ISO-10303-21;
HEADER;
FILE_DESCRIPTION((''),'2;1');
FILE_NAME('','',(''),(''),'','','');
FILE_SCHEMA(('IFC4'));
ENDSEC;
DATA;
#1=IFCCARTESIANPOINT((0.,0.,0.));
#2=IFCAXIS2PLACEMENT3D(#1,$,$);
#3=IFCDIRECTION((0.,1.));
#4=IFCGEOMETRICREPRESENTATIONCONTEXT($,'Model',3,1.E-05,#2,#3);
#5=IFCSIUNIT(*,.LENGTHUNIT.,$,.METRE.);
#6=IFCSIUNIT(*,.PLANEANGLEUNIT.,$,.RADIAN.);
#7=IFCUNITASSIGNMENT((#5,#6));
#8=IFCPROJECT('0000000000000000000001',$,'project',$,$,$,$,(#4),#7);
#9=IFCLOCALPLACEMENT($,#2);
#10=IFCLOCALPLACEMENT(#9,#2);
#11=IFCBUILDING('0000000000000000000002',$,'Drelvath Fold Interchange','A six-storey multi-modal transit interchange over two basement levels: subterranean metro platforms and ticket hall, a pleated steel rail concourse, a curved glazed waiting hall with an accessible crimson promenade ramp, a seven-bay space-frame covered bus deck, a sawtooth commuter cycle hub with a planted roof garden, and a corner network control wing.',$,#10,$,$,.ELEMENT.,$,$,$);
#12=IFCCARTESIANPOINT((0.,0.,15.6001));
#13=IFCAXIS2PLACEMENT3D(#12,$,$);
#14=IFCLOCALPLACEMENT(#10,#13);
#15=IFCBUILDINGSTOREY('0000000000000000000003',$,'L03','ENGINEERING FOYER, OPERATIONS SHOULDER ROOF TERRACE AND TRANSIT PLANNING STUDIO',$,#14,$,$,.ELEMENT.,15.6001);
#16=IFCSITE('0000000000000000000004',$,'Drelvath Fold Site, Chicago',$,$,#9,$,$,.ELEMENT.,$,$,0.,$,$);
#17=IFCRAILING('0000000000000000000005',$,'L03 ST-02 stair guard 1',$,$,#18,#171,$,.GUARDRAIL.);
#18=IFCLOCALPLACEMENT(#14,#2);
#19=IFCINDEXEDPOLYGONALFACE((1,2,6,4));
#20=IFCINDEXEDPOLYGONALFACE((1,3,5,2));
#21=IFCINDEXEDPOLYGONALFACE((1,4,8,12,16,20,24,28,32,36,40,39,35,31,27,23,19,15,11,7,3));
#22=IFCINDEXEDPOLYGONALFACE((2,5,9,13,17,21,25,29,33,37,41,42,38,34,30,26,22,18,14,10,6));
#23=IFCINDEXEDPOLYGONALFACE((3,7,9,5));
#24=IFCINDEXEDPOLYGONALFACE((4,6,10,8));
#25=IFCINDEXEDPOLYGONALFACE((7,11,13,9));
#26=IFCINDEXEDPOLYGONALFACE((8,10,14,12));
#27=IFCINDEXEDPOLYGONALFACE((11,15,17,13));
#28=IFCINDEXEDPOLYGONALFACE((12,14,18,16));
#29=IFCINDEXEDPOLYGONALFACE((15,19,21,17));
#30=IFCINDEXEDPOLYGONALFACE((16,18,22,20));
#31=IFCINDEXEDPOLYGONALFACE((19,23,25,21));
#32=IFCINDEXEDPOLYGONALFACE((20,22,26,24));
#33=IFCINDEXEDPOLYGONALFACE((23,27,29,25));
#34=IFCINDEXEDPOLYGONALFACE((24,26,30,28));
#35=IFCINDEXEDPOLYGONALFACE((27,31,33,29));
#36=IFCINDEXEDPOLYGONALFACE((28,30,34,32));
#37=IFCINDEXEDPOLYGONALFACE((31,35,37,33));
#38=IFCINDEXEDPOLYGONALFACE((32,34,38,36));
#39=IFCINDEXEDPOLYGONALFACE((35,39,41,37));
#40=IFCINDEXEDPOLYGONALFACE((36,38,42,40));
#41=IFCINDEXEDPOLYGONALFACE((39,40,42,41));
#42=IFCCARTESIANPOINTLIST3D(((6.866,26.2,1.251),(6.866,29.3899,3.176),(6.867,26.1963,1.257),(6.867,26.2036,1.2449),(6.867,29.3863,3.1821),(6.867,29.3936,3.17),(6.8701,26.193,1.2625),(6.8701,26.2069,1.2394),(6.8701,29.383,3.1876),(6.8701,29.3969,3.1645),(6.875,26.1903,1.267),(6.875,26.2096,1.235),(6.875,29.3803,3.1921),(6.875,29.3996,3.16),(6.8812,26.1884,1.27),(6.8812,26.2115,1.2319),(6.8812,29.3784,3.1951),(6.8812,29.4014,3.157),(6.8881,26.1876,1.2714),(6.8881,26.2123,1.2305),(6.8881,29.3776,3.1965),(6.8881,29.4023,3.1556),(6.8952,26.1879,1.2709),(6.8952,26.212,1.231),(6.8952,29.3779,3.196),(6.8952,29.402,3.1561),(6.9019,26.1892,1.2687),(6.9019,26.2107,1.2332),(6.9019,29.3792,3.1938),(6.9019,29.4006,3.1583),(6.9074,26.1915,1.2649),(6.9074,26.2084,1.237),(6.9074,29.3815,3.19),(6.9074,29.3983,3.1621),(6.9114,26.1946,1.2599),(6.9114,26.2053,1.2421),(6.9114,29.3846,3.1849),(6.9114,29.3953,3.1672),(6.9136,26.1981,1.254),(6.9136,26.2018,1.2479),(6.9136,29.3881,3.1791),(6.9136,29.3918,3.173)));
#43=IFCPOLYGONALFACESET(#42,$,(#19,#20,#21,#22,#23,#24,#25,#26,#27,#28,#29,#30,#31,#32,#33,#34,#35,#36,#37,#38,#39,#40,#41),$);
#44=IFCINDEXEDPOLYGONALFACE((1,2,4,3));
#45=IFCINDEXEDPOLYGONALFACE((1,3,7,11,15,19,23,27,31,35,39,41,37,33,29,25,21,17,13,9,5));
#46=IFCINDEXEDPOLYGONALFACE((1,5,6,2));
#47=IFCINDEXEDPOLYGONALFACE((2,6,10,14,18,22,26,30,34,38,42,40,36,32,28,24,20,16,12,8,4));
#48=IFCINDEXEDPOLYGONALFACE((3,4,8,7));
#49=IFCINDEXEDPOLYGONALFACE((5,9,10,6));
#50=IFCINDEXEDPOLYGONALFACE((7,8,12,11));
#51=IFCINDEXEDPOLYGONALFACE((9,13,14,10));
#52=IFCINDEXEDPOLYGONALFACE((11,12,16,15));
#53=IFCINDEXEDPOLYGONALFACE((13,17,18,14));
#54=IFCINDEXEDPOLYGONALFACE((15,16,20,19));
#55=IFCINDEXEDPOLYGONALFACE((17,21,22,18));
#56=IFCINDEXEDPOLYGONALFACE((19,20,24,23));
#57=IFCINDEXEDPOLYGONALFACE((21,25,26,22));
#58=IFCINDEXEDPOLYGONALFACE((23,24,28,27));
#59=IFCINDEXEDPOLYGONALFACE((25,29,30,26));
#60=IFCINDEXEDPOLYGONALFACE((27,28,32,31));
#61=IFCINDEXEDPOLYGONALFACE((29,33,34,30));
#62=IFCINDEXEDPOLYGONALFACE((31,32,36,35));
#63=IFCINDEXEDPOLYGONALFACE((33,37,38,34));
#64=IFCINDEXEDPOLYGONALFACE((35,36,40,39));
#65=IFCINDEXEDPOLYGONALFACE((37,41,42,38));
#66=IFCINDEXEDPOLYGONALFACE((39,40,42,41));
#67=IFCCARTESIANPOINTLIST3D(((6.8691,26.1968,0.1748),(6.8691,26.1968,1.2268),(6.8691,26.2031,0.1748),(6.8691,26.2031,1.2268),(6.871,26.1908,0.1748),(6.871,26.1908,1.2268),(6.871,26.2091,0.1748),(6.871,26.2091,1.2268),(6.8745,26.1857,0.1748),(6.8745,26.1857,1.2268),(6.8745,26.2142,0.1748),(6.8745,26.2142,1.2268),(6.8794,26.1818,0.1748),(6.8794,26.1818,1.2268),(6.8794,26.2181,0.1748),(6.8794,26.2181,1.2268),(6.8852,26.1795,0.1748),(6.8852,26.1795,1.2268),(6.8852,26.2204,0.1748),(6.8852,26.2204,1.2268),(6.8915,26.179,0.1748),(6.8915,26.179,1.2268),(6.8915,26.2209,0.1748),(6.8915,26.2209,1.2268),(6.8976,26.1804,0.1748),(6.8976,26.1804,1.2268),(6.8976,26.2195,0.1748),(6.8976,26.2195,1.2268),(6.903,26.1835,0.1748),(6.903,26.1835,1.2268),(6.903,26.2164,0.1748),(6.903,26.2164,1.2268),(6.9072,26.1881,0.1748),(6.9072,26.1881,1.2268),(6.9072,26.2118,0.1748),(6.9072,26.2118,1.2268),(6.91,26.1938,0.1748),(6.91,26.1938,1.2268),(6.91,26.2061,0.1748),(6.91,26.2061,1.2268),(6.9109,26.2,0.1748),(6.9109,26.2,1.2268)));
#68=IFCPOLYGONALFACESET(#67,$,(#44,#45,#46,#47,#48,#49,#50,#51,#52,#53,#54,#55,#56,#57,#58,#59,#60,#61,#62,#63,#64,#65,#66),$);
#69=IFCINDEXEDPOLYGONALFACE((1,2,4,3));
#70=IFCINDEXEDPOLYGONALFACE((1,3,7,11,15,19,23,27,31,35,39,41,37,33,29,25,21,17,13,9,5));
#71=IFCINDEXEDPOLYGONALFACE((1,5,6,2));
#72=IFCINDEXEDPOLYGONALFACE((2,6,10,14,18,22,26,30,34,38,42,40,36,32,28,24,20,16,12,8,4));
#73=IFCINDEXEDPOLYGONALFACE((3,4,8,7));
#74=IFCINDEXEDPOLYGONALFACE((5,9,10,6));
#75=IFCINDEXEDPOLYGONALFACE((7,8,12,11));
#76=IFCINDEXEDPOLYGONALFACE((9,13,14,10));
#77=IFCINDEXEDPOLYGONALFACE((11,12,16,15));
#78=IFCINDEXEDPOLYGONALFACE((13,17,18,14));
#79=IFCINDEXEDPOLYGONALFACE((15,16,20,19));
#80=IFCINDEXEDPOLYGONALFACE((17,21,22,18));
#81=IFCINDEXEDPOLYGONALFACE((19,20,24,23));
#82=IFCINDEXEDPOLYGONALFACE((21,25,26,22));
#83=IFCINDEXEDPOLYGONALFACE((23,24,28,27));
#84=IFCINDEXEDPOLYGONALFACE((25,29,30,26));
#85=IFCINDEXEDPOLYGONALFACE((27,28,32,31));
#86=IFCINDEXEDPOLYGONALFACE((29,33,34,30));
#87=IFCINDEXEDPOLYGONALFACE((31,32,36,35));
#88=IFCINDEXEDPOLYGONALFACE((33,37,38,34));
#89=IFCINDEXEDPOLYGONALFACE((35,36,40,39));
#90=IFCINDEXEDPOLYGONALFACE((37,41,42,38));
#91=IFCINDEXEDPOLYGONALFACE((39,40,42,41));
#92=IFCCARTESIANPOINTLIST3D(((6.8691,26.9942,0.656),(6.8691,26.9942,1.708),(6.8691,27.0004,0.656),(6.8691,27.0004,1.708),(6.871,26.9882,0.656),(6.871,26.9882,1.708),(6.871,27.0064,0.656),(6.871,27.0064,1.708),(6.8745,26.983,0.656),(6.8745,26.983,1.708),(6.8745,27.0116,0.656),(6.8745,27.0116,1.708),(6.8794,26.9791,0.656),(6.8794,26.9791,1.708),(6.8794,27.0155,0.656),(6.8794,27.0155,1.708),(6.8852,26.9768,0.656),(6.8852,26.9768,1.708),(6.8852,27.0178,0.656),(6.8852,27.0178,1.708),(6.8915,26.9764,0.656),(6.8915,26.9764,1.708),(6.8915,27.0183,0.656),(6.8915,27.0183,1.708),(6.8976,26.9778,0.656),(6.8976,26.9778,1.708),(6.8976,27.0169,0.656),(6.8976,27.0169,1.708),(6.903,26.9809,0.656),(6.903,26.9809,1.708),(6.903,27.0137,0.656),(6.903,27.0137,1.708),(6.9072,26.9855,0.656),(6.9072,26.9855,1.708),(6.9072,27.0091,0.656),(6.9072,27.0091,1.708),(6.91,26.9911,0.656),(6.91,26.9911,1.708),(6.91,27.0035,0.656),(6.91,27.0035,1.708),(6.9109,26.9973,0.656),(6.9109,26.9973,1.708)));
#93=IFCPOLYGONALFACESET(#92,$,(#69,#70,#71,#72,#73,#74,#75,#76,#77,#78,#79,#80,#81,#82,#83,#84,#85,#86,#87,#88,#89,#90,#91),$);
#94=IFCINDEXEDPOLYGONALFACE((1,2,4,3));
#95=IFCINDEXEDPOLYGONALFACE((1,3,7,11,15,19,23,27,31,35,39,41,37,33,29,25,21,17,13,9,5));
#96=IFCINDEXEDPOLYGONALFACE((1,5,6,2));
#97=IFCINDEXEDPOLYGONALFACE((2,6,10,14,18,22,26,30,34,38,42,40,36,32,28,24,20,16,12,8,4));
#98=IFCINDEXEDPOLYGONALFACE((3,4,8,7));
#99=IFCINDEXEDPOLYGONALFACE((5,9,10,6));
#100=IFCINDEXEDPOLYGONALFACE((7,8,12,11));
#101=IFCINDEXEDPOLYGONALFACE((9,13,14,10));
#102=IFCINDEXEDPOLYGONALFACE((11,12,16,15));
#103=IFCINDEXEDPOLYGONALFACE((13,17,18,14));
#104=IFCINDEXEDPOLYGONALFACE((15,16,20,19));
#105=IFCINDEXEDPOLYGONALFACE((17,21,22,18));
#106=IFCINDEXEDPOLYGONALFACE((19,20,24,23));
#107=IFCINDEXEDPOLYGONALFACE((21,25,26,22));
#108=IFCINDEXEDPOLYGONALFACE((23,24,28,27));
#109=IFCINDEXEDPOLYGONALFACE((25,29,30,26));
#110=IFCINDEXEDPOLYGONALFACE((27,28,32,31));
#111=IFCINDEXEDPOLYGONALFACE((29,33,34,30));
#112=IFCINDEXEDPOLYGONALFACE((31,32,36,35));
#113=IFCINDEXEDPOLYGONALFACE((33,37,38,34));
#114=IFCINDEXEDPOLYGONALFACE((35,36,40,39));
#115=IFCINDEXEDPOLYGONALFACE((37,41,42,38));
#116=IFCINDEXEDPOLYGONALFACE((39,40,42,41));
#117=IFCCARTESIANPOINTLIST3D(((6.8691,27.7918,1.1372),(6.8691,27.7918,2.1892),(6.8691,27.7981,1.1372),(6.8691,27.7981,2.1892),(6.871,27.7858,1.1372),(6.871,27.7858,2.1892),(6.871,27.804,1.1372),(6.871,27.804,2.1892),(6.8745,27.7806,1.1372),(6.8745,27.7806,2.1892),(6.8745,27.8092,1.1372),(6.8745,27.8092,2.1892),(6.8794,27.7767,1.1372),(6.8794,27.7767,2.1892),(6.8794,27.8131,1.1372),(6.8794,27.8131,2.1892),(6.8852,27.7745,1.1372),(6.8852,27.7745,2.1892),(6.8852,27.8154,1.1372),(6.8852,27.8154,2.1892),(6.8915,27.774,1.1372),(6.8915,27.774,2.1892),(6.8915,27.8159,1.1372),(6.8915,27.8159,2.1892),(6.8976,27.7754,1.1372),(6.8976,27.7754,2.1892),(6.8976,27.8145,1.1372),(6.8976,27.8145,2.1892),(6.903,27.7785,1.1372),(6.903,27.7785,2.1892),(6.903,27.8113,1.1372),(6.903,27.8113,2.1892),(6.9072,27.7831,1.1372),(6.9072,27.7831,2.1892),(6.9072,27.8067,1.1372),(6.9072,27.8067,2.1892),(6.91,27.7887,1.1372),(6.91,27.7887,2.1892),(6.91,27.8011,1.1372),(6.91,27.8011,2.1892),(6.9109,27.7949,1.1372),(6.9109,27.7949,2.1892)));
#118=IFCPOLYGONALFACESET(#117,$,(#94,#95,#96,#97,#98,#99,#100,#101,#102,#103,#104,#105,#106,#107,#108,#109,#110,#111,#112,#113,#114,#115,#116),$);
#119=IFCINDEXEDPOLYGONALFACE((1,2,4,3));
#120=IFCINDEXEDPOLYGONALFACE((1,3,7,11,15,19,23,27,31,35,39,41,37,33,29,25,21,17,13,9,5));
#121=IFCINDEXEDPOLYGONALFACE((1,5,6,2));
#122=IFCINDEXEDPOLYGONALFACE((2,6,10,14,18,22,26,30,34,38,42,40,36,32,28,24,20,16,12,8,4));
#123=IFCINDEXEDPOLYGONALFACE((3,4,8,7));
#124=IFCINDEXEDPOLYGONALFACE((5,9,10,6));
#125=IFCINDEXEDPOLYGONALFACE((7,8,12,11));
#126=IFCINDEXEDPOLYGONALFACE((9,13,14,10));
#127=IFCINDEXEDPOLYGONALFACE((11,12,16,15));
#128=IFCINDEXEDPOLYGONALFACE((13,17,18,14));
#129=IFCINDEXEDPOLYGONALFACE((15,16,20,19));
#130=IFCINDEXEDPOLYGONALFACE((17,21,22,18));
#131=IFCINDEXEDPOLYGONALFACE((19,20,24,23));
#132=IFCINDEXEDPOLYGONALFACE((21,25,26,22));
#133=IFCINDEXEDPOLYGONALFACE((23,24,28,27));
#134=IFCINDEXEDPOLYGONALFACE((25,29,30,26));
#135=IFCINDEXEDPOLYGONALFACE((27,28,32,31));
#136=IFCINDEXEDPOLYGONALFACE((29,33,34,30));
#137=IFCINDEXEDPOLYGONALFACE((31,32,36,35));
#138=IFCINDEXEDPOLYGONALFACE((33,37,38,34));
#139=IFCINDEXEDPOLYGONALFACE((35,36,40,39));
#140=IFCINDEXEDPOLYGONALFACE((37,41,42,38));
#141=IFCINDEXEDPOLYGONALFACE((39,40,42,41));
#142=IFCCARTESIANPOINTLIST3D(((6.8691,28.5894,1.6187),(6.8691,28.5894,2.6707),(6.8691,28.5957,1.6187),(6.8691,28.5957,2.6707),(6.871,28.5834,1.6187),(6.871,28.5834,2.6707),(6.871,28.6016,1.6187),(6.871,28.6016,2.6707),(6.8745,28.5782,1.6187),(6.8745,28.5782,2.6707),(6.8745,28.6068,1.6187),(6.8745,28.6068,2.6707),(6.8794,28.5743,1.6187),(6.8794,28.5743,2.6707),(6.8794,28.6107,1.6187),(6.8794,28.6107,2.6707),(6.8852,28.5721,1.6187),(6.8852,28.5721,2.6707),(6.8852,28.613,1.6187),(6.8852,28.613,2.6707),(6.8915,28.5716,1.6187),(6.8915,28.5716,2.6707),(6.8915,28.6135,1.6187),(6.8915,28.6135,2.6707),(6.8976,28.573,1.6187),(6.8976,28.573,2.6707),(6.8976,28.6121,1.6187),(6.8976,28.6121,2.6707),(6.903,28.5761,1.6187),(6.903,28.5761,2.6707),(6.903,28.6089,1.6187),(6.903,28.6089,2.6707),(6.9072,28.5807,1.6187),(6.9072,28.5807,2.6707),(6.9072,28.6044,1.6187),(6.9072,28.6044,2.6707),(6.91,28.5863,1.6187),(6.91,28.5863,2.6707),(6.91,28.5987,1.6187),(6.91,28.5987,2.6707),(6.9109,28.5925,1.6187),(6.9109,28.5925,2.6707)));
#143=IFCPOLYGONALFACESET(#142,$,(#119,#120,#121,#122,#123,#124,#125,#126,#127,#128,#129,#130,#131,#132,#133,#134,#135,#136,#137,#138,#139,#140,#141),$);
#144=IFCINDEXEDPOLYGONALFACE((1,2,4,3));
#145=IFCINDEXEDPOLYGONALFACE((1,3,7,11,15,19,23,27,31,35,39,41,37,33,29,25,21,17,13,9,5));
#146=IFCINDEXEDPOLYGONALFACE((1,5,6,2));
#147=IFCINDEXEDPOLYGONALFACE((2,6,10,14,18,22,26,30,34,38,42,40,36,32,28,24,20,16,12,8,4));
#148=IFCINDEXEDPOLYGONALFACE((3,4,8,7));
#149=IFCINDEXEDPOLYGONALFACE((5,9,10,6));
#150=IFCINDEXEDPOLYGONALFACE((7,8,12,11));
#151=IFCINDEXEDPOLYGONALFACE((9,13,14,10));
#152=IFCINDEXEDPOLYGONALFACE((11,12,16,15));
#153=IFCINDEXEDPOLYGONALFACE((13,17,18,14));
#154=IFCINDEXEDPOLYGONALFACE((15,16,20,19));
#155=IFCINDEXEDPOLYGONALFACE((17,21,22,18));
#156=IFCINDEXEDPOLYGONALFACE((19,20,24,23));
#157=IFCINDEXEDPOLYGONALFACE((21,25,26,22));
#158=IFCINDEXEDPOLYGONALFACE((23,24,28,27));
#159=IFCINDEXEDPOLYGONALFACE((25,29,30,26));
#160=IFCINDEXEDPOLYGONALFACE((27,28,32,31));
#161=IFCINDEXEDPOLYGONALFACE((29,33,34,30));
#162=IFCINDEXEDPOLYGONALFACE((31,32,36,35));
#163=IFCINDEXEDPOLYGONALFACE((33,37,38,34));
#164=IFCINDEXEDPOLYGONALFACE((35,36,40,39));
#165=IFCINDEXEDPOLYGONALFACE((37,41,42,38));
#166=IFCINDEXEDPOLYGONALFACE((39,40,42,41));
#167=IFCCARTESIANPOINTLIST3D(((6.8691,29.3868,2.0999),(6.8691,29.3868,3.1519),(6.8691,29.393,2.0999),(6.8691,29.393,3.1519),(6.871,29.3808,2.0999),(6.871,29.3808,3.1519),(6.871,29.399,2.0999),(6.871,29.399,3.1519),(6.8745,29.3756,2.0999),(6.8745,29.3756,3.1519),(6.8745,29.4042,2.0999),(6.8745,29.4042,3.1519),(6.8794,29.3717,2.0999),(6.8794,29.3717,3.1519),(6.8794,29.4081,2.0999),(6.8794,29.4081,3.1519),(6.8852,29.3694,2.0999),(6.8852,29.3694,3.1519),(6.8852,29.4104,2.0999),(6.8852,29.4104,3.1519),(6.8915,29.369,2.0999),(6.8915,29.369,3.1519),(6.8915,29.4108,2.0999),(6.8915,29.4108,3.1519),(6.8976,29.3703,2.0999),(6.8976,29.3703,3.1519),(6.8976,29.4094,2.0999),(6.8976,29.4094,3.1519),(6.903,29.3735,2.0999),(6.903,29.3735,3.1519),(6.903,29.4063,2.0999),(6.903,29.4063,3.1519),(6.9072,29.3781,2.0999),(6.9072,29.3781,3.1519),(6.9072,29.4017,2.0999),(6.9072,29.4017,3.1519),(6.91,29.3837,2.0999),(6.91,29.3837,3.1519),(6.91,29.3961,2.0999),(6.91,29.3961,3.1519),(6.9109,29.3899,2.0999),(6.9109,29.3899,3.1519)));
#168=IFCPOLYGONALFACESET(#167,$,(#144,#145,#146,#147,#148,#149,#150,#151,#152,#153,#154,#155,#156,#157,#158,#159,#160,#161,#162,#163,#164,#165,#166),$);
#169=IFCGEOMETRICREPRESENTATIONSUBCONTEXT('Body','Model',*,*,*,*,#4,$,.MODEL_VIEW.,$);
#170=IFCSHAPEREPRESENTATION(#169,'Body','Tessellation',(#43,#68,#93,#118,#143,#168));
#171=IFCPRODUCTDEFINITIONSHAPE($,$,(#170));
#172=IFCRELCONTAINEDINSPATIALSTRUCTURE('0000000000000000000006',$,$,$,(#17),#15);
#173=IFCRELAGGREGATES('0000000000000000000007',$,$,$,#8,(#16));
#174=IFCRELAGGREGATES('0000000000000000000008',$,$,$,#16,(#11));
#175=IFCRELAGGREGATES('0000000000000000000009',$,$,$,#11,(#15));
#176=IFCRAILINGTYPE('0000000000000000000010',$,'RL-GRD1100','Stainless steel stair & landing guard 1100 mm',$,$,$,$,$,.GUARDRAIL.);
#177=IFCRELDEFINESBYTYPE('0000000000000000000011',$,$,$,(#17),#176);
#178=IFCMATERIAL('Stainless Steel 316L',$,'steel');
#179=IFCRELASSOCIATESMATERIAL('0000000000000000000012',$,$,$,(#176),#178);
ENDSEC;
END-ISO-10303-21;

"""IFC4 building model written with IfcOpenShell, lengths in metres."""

from ifc_helpers import new_model, si_unit, direction, frame, origin, origin_2d, place, context, subcontext, project, spatial, circle, extrude, material, type_object, element, save


model = new_model("IFC4")

# Units and contexts
model_context = context("Model", 3, precision=1e-05, world=origin(), true_north=direction((0.0, 1.0)))
body_context = subcontext(model_context, "Body", "Model", "MODEL_VIEW")
ifc_project = project(units=[si_unit("LENGTHUNIT", "METRE"), si_unit("PLANEANGLEUNIT", "RADIAN")], contexts=[model_context])

# Site, building, storey
site_placement = place(None, origin())
site = spatial("IfcSite", under=ifc_project, at=site_placement, Name="Drelvath Fold Site, Chicago", CompositionType="ELEMENT", RefElevation=0.0)
building_placement = place(site_placement, origin())
building = spatial("IfcBuilding", under=site, at=building_placement, Name="Drelvath Fold Interchange", Description="A six-storey multi-modal transit interchange over two basement levels: subterranean metro platforms and ticket hall, a pleated steel rail concourse, a curved glazed waiting hall with an accessible crimson promenade ramp, a seven-bay space-frame covered bus deck, a sawtooth commuter cycle hub with a planted roof garden, and a corner network control wing.", CompositionType="ELEMENT")
storey_placement = place(building_placement, frame((0.0, 0.0, 15.6001)))
storey = spatial("IfcBuildingStorey", under=building, at=storey_placement, Name="L03", Description="ENGINEERING FOYER, OPERATIONS SHOULDER ROOF TERRACE AND TRANSIT PLANNING STUDIO", CompositionType="ELEMENT", Elevation=15.6001)

# Railing
ifc_material_1 = material(Name="Stainless Steel 316L", Category="steel")
railing_type_1 = type_object("IfcRailingType", Name="RL-GRD1100", Description="Stainless steel stair & landing guard 1100 mm", PredefinedType="GUARDRAIL", material=ifc_material_1)
railing_1_placement = place(storey_placement, frame((6.8899, 26.2, 0.1748)))
element("IfcRailing", 1, at=railing_1_placement, inside=storey, type_object=railing_type_1, Name="L03 ST-02 stair guard 1", PredefinedType="GUARDRAIL", context=body_context, shape_type="SweptSolid", body=[
    extrude(circle(Radius=0.0239, at=origin_2d()), frame((0.0, 0.0, 1.0762), z_axis=(0.0, 0.856178, 0.516682), x_axis=(-1.0, 0.0, 0.0)), (0.0, 0.0, 1.0), 3.7258),
    extrude(circle(Radius=0.021, at=origin_2d()), origin(), (0.0, 0.0, 1.0), 1.052),
    extrude(circle(Radius=0.021, at=origin_2d()), frame((0.0, 0.7974, 0.4812)), (0.0, 0.0, 1.0), 1.052),
    extrude(circle(Radius=0.021, at=origin_2d()), frame((0.0, 1.595, 0.9624)), (0.0, 0.0, 1.0), 1.052),
    extrude(circle(Radius=0.021, at=origin_2d()), frame((0.0, 2.3926, 1.4438)), (0.0, 0.0, 1.0), 1.052),
    extrude(circle(Radius=0.021, at=origin_2d()), frame((0.0, 3.1899, 1.925)), (0.0, 0.0, 1.0), 1.052),
])

save(model, "model.ifc")
